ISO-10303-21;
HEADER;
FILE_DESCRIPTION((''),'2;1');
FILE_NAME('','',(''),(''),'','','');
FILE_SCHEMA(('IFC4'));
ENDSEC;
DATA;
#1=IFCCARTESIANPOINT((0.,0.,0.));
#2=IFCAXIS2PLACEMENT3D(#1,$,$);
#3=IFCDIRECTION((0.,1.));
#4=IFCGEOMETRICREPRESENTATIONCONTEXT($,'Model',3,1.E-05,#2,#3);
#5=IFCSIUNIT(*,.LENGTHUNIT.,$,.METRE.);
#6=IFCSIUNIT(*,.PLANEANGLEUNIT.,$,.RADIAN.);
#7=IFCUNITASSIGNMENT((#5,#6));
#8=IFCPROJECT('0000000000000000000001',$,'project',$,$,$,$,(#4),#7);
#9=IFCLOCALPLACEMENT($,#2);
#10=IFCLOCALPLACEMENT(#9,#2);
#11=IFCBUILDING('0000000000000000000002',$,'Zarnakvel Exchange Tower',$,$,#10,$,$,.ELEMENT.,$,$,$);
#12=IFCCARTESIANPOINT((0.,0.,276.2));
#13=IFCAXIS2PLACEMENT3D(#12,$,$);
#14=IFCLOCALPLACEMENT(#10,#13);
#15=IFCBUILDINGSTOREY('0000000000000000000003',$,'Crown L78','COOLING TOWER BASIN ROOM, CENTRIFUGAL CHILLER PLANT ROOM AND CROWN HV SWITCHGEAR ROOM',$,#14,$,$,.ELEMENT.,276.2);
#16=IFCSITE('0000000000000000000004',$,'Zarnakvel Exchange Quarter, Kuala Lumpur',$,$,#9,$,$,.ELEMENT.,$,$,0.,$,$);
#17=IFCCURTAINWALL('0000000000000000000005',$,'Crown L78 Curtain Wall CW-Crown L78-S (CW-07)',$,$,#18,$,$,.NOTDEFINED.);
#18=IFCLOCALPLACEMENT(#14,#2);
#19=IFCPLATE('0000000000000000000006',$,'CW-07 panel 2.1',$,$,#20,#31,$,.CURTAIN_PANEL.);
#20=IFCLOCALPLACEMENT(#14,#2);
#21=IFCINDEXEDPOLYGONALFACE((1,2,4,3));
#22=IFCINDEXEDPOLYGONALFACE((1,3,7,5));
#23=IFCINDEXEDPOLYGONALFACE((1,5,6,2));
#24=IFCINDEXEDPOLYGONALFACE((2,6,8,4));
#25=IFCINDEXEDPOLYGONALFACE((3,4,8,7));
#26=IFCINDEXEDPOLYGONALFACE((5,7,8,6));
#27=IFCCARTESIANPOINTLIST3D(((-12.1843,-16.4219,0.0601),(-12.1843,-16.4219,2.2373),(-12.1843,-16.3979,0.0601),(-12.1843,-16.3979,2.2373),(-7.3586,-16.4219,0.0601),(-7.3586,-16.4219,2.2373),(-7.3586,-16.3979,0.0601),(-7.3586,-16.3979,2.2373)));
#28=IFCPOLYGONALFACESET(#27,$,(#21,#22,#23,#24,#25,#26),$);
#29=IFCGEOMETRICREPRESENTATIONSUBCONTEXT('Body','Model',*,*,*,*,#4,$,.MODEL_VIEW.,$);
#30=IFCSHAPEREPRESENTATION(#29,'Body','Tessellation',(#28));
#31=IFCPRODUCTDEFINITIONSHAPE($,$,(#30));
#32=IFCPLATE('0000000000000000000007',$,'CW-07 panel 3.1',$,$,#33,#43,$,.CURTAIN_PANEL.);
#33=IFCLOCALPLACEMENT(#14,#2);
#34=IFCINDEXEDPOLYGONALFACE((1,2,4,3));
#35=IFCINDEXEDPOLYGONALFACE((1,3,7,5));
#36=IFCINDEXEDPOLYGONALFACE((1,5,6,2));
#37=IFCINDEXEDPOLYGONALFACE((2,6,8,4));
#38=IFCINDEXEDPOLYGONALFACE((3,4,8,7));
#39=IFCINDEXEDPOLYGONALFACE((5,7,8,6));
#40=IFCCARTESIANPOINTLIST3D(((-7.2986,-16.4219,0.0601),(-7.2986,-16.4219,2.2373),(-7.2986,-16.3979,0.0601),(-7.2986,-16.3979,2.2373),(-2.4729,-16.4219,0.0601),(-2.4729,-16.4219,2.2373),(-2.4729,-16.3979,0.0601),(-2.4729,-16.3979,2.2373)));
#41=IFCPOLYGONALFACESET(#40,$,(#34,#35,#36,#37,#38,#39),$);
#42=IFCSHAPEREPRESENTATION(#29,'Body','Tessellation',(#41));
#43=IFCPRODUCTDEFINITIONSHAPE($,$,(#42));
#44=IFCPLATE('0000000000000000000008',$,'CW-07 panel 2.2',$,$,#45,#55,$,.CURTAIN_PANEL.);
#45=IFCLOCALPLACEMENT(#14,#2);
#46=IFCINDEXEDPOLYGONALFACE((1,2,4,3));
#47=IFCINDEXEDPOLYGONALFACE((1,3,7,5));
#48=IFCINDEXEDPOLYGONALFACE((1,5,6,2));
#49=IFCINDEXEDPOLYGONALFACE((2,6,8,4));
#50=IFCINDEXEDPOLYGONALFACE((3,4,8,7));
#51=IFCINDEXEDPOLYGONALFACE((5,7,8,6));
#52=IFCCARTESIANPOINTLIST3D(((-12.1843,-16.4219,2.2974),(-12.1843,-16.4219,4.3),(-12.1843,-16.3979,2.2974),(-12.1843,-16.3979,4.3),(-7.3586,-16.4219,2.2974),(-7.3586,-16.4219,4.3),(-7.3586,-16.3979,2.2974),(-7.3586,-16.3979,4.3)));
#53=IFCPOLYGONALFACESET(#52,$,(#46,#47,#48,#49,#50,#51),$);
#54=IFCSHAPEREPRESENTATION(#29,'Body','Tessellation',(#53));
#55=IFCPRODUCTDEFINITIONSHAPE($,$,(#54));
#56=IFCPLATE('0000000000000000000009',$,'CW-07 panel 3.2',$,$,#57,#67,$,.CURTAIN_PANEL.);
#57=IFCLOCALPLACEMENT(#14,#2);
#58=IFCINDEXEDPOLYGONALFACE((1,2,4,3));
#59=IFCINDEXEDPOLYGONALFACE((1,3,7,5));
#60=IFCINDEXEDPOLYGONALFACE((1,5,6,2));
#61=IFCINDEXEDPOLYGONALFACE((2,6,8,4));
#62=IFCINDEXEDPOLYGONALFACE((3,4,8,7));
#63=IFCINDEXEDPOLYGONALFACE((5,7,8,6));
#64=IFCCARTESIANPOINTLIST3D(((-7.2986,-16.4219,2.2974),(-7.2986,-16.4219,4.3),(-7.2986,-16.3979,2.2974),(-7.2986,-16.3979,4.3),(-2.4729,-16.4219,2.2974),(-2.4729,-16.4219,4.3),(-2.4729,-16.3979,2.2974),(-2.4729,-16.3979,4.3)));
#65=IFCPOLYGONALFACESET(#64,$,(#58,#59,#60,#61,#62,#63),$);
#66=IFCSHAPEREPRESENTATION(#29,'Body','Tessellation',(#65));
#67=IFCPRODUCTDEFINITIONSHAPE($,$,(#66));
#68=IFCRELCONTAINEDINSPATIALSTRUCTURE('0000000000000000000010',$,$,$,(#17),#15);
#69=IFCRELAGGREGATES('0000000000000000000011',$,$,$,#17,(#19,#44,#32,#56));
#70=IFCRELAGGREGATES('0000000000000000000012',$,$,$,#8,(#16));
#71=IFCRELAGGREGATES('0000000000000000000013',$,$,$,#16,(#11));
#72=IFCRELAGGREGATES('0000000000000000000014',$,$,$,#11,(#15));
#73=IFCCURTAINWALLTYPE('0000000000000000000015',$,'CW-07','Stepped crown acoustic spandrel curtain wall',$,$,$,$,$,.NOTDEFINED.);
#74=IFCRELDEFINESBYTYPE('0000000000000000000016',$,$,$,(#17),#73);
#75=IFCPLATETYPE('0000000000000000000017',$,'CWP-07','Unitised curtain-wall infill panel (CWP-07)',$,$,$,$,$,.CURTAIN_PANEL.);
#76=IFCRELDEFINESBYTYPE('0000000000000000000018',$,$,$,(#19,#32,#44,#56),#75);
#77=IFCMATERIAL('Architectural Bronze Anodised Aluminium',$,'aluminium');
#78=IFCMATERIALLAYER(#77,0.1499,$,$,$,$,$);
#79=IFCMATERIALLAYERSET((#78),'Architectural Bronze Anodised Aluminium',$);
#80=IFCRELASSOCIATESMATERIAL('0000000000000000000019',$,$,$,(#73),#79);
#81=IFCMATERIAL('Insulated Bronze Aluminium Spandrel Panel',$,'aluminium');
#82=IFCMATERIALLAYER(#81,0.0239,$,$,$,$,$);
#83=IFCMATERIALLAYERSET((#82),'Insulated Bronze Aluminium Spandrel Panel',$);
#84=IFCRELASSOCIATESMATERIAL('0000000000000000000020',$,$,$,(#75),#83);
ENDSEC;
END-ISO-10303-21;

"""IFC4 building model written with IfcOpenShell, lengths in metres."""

from ifc_helpers import new_model, si_unit, direction, frame, origin, origin_2d, place, context, subcontext, project, spatial, rectangle, extrude, source, transform, mapped, material, layer, layer_set, type_object, element, aggregate, save


model = new_model("IFC4")

# Units and contexts
model_context = context("Model", 3, precision=1e-05, world=origin(), true_north=direction((0.0, 1.0)))
body_context = subcontext(model_context, "Body", "Model", "MODEL_VIEW")
ifc_project = project(units=[si_unit("LENGTHUNIT", "METRE"), si_unit("PLANEANGLEUNIT", "RADIAN")], contexts=[model_context])

# Site, building, storey
site_placement = place(None, origin())
site = spatial("IfcSite", under=ifc_project, at=site_placement, Name="Zarnakvel Exchange Quarter, Kuala Lumpur", CompositionType="ELEMENT", RefElevation=0.0)
building_placement = place(site_placement, origin())
building = spatial("IfcBuilding", under=site, at=building_placement, Name="Zarnakvel Exchange Tower", CompositionType="ELEMENT")
storey_placement = place(building_placement, frame((0.0, 0.0, 276.2)))
storey = spatial("IfcBuildingStorey", under=building, at=storey_placement, Name="Crown L78", Description="COOLING TOWER BASIN ROOM, CENTRIFUGAL CHILLER PLANT ROOM AND CROWN HV SWITCHGEAR ROOM", CompositionType="ELEMENT", Elevation=276.2)

# Curtain wall, plates
ifc_material_1 = material(Name="Architectural Bronze Anodised Aluminium", Category="aluminium")
ifc_layer_1 = layer(ifc_material_1, 0.1499)
ifc_layer_set_1 = layer_set([ifc_layer_1], Name="Architectural Bronze Anodised Aluminium")
curtain_wall_type = type_object("IfcCurtainWallType", Name="CW-07", Description="Stepped crown acoustic spandrel curtain wall", PredefinedType="NOTDEFINED", material=ifc_layer_set_1)
curtain_wall_placement = place(storey_placement, origin())
curtain_wall = element("IfcCurtainWall", 1, at=curtain_wall_placement, inside=storey, type_object=curtain_wall_type, Name="Crown L78 Curtain Wall CW-Crown L78-S (CW-07)", PredefinedType="NOTDEFINED")
ifc_material_2 = material(Name="Insulated Bronze Aluminium Spandrel Panel", Category="aluminium")
ifc_layer_2 = layer(ifc_material_2, 0.0239)
ifc_layer_set_2 = layer_set([ifc_layer_2], Name="Insulated Bronze Aluminium Spandrel Panel")
plate_type = type_object("IfcPlateType", Name="CWP-07", Description="Unitised curtain-wall infill panel (CWP-07)", PredefinedType="CURTAIN_PANEL", material=ifc_layer_set_2)
shared_shape_1 = source(origin(), body_context, "Body", "SweptSolid", [
    extrude(rectangle(XDim=4.8257, YDim=0.0239, at=origin_2d()), origin(), (0.0, 0.0, 1.0), 2.1772),
])
plate_1_placement = place(storey_placement, frame((-9.7715, -16.4099, 0.0601), z_axis=(0.0, 0.0, 1.0), x_axis=(1.0, 0.0, 0.0)))
plate_1 = element("IfcPlate", 2, at=plate_1_placement, type_object=plate_type, Name="CW-07 panel 2.1", PredefinedType="CURTAIN_PANEL", context=body_context, shape_type="MappedRepresentation", body=[
    mapped(shared_shape_1, transform((0.0, 0.0, 0.0), x_axis=(1.0, 0.0, 0.0), y_axis=(0.0, 1.0, 0.0), z_axis=(0.0, 0.0, 1.0), scale=1.0)),
])
plate_2_placement = place(storey_placement, frame((-4.8857, -16.4099, 0.0601), z_axis=(0.0, 0.0, 1.0), x_axis=(1.0, 0.0, 0.0)))
plate_2 = element("IfcPlate", 3, at=plate_2_placement, type_object=plate_type, Name="CW-07 panel 3.1", PredefinedType="CURTAIN_PANEL", context=body_context, shape_type="MappedRepresentation", body=[
    mapped(shared_shape_1, transform((0.0, 0.0, 0.0), x_axis=(1.0, 0.0, 0.0), y_axis=(0.0, 1.0, 0.0), z_axis=(0.0, 0.0, 1.0), scale=1.0)),
])
shared_shape_2 = source(origin(), body_context, "Body", "SweptSolid", [
    extrude(rectangle(XDim=4.8257, YDim=0.0239, at=origin_2d()), origin(), (0.0, 0.0, 1.0), 2.0027),
])
plate_3_placement = place(storey_placement, frame((-9.7715, -16.4099, 2.2974), z_axis=(0.0, 0.0, 1.0), x_axis=(1.0, 0.0, 0.0)))
plate_3 = element("IfcPlate", 4, at=plate_3_placement, type_object=plate_type, Name="CW-07 panel 2.2", PredefinedType="CURTAIN_PANEL", context=body_context, shape_type="MappedRepresentation", body=[
    mapped(shared_shape_2, transform((0.0, 0.0, 0.0), x_axis=(1.0, 0.0, 0.0), y_axis=(0.0, 1.0, 0.0), z_axis=(0.0, 0.0, 1.0), scale=1.0)),
])
plate_4_placement = place(storey_placement, frame((-4.8857, -16.4099, 2.2974), z_axis=(0.0, 0.0, 1.0), x_axis=(1.0, 0.0, 0.0)))
plate_4 = element("IfcPlate", 5, at=plate_4_placement, type_object=plate_type, Name="CW-07 panel 3.2", PredefinedType="CURTAIN_PANEL", context=body_context, shape_type="MappedRepresentation", body=[
    mapped(shared_shape_2, transform((0.0, 0.0, 0.0), x_axis=(1.0, 0.0, 0.0), y_axis=(0.0, 1.0, 0.0), z_axis=(0.0, 0.0, 1.0), scale=1.0)),
])
aggregate(curtain_wall, [plate_1, plate_3, plate_2, plate_4])

save(model, "model.ifc")
